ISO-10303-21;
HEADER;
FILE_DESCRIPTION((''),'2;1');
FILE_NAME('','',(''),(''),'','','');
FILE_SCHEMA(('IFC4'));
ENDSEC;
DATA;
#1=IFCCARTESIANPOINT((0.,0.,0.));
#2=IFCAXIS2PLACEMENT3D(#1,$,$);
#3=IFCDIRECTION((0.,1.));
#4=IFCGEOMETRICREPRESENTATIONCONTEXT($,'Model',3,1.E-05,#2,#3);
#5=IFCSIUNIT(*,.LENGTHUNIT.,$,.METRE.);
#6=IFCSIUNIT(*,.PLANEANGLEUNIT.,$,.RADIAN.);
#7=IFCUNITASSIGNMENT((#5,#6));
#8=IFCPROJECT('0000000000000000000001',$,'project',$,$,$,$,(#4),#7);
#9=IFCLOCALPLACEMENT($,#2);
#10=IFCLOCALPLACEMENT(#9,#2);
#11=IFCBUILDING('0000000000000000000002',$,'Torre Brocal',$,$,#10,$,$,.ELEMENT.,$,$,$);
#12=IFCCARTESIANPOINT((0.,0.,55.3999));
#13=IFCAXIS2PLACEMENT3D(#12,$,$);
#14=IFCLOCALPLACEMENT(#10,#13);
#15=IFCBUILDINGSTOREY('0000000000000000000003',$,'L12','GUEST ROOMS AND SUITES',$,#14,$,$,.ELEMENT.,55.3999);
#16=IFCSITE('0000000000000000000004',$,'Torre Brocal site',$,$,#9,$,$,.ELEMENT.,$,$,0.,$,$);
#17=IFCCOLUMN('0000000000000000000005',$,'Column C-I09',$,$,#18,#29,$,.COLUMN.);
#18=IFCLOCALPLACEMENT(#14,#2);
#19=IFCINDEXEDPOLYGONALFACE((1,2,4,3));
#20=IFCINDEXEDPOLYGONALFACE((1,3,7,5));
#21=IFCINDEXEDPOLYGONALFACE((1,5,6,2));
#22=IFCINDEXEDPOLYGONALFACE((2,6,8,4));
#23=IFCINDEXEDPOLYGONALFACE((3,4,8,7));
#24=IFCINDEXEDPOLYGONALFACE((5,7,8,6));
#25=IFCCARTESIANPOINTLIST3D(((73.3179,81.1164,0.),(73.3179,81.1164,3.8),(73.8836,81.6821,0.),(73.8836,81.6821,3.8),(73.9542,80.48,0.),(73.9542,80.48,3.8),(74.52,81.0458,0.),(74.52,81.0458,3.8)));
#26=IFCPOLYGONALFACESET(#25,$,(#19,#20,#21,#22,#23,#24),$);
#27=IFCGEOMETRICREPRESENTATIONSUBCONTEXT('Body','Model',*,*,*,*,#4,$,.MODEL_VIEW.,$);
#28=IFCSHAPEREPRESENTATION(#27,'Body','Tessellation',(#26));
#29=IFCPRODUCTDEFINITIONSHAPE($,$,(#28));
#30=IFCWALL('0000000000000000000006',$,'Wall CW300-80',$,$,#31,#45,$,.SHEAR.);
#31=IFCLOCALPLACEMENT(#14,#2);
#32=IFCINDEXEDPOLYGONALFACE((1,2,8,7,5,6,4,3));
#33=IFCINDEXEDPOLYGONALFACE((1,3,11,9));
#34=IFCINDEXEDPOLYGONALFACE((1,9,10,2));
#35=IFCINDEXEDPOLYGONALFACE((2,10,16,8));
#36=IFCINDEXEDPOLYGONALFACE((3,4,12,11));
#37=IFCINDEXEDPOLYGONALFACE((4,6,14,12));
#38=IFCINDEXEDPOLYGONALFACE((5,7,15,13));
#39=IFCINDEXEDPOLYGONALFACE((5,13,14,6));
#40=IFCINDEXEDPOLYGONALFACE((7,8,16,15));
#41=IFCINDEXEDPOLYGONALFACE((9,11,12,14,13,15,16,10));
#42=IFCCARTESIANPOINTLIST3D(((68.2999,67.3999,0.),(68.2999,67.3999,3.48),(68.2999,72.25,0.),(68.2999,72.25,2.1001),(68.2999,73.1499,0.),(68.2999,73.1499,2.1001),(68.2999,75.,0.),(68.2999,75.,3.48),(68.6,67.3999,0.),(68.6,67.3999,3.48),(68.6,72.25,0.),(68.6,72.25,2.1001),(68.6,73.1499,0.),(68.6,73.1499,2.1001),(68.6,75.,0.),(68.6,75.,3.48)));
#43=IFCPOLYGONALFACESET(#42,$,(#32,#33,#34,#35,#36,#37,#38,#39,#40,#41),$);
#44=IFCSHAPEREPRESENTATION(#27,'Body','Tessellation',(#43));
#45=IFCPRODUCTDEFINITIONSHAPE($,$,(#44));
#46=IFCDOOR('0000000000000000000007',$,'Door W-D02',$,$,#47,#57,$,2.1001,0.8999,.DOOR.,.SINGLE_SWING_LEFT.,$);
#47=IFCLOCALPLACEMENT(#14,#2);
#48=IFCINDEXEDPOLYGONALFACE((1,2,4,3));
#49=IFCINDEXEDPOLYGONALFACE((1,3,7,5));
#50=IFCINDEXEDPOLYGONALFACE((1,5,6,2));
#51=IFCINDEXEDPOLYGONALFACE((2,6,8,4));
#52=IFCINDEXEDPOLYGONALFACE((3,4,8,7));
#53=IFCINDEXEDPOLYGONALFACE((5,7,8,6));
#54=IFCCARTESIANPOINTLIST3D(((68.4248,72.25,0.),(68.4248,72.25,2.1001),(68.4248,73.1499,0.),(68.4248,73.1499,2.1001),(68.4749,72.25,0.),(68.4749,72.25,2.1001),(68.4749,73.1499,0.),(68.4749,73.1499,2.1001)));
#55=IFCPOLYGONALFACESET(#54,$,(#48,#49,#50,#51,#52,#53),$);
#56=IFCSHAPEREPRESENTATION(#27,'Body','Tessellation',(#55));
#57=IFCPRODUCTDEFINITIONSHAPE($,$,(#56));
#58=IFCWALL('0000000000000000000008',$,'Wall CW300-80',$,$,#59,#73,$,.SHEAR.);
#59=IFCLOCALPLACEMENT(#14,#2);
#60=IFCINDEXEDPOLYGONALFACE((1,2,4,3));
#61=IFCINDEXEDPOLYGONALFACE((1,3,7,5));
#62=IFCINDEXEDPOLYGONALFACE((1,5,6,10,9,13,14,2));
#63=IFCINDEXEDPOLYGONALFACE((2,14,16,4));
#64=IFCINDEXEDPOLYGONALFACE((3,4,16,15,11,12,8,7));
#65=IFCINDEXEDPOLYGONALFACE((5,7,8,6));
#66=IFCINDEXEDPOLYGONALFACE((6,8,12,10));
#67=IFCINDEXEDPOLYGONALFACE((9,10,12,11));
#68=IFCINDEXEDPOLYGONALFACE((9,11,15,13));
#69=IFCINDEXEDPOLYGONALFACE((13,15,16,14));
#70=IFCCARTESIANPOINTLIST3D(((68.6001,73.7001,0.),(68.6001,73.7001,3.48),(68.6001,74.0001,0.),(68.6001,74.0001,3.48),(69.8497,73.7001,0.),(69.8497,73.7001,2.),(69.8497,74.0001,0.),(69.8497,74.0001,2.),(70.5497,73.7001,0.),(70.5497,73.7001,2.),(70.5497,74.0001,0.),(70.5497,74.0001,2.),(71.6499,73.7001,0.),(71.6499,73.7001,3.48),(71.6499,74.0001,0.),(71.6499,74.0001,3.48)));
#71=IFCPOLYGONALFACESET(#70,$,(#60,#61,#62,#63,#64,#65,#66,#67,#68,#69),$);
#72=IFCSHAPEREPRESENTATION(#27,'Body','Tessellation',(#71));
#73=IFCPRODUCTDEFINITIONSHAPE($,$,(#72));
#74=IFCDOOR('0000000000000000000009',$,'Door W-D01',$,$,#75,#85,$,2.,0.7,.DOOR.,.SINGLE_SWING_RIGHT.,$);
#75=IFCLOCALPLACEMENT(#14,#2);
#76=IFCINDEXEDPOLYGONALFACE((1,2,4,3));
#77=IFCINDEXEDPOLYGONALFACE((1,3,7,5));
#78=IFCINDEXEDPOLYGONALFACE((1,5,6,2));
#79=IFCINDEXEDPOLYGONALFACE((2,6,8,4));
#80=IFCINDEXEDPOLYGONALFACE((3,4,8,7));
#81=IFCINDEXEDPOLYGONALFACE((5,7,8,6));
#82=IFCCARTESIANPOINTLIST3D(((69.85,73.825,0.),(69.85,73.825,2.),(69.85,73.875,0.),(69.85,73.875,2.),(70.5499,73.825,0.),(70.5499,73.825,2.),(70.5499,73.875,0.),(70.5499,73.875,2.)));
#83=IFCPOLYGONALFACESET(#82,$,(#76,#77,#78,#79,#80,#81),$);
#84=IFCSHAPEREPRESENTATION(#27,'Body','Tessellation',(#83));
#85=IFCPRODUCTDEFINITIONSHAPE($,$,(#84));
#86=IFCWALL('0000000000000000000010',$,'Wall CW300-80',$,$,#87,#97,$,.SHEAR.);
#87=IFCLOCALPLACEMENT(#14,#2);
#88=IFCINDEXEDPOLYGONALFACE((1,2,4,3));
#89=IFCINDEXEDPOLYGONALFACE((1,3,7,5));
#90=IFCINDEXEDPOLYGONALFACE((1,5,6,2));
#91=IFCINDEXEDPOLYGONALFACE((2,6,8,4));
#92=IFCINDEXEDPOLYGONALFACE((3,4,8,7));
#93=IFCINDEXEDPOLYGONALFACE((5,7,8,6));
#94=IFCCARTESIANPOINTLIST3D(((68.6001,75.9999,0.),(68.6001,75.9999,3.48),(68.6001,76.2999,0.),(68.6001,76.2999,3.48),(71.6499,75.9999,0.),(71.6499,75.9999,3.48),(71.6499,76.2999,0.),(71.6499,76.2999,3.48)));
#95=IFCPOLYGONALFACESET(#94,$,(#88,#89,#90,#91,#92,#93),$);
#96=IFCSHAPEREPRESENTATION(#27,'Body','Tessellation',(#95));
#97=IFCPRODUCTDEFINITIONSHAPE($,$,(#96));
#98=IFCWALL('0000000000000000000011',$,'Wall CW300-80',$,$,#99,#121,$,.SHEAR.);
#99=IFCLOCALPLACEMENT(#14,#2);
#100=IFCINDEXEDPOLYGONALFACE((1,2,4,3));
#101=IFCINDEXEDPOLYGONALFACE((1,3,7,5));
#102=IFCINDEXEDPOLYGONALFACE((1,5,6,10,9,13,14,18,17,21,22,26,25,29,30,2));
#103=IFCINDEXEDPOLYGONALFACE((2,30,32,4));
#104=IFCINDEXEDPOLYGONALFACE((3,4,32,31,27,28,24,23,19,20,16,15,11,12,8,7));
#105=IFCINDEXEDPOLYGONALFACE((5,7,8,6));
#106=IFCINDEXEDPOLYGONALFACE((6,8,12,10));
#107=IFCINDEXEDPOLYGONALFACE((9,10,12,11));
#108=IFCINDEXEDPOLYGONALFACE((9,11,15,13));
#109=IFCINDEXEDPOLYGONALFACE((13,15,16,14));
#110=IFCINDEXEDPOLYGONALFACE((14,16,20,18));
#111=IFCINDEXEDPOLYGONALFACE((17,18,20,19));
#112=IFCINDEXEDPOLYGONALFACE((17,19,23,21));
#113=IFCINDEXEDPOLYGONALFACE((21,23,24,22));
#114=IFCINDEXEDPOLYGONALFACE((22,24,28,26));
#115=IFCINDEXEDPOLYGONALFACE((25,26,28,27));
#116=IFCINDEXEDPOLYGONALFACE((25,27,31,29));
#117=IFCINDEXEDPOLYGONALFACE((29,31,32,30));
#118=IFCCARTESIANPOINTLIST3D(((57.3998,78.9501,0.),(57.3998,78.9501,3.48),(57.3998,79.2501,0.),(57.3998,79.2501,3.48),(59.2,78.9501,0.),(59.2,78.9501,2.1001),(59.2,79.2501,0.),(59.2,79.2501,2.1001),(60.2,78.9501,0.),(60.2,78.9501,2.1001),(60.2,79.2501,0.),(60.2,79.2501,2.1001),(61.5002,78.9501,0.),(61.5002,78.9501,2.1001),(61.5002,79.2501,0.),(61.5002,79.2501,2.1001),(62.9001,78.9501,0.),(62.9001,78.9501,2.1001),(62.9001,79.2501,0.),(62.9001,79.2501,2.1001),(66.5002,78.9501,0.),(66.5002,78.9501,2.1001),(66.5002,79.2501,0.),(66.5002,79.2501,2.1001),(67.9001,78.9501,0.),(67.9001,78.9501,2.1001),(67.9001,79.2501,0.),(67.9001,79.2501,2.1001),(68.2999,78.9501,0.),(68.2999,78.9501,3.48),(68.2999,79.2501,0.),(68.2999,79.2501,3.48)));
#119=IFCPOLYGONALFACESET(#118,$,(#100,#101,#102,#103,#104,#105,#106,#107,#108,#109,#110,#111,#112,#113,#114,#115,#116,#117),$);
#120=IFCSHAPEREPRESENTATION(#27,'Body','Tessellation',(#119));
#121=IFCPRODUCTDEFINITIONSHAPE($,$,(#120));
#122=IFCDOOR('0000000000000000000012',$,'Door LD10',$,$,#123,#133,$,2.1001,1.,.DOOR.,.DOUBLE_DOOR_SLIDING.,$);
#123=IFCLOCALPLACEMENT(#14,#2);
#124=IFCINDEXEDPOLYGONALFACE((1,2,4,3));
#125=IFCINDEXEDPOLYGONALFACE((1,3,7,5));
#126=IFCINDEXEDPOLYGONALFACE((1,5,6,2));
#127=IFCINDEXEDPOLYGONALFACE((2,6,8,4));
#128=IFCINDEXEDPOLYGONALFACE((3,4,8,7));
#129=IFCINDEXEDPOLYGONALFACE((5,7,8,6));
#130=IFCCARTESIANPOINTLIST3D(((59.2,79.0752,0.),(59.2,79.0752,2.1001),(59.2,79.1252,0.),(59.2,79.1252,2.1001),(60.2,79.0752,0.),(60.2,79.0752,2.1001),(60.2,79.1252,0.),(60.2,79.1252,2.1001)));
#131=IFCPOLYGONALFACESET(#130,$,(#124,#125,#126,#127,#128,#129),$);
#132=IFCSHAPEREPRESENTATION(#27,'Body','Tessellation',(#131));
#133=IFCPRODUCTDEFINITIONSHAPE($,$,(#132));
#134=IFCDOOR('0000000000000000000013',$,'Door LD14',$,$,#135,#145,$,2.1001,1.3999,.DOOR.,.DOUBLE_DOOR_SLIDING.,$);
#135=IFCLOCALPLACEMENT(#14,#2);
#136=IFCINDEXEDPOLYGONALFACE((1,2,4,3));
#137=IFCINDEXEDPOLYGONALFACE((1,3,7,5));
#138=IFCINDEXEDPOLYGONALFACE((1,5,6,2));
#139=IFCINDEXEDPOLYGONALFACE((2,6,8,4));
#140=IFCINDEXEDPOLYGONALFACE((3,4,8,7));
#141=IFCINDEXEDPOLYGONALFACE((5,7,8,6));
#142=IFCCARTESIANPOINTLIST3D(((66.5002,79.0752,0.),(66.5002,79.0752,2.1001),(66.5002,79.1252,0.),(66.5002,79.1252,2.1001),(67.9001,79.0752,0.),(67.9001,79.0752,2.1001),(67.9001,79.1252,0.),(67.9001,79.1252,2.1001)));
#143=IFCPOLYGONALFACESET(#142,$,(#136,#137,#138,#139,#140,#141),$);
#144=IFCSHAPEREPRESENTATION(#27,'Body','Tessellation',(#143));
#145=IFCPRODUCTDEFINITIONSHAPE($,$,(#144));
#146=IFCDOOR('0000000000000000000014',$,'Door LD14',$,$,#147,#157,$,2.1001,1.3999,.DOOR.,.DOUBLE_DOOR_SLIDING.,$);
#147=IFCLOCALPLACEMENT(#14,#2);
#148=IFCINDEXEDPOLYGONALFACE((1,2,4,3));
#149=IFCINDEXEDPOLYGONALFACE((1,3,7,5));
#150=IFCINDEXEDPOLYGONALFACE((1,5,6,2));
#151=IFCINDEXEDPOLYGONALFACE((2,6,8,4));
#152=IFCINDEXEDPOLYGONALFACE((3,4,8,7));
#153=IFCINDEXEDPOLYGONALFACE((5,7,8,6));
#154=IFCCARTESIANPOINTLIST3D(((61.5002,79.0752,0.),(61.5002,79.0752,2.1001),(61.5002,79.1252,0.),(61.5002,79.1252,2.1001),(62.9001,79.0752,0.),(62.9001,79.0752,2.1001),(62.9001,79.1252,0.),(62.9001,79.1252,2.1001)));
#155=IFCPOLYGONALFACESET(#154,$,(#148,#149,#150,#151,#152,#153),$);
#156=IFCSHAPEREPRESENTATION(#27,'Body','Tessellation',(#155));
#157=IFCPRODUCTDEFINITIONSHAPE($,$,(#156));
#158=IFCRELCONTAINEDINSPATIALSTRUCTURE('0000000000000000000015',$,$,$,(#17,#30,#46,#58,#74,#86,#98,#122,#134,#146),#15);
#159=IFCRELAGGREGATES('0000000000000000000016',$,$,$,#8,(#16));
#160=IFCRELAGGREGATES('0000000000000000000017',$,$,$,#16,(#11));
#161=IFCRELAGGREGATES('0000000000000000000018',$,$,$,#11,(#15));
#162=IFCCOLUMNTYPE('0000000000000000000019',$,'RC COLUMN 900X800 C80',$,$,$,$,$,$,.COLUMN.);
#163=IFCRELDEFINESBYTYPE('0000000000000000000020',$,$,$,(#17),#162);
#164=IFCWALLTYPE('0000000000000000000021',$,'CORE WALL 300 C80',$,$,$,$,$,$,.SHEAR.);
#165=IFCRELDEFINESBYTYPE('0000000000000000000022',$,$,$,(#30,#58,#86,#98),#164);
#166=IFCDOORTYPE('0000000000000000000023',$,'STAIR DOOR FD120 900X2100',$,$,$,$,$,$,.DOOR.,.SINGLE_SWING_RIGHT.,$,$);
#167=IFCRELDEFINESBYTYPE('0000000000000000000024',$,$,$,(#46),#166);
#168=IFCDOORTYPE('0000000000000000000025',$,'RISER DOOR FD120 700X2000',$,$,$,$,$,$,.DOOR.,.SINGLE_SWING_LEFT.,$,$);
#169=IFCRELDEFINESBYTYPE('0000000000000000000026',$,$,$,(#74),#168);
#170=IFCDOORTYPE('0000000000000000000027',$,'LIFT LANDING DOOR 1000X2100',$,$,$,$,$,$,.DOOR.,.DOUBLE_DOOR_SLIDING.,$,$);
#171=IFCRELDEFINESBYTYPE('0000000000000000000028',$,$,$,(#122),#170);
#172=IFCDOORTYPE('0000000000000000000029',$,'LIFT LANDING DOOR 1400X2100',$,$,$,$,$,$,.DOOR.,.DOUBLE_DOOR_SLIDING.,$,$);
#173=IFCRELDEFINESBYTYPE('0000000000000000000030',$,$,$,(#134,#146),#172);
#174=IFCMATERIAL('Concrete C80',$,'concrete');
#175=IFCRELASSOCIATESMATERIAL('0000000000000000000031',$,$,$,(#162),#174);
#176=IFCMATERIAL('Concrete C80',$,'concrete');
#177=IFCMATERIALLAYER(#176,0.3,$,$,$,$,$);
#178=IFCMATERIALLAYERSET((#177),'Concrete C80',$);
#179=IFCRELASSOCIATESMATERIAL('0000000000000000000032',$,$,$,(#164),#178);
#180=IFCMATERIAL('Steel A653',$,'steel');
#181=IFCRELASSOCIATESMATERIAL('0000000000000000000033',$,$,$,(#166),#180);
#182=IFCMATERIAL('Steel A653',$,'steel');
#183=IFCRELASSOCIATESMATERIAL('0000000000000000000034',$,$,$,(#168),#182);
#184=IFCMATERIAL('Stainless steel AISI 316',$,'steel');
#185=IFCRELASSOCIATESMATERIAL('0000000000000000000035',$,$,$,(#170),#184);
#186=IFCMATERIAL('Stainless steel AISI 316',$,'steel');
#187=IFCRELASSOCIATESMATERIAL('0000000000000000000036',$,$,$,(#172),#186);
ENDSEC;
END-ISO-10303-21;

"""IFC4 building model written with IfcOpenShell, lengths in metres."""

from ifc_helpers import new_model, si_unit, direction, frame, frame_2d, origin, origin_2d, place, context, subcontext, project, spatial, rectangle, extrude, material, layer, layer_set, material_profile, profile_set, type_object, element, fill, save


model = new_model("IFC4")

# Units and contexts
model_context = context("Model", 3, precision=1e-05, world=origin(), true_north=direction((0.0, 1.0)))
body_context = subcontext(model_context, "Body", "Model", "MODEL_VIEW")
ifc_project = project(units=[si_unit("LENGTHUNIT", "METRE"), si_unit("PLANEANGLEUNIT", "RADIAN")], contexts=[model_context])

# Site, building, storey
site_placement = place(None, origin())
site = spatial("IfcSite", under=ifc_project, at=site_placement, Name="Torre Brocal site", CompositionType="ELEMENT", RefElevation=0.0)
building_placement = place(site_placement, origin())
building = spatial("IfcBuilding", under=site, at=building_placement, Name="Torre Brocal", CompositionType="ELEMENT")
storey_placement = place(building_placement, frame((0.0, 0.0, 55.3999)))
storey = spatial("IfcBuildingStorey", under=building, at=storey_placement, Name="L12", Description="GUEST ROOMS AND SUITES", CompositionType="ELEMENT", Elevation=55.3999)

# Column
ifc_material_1 = material(Name="Concrete C80", Category="concrete")
ifc_material_profile = material_profile(ifc_material_1, rectangle(XDim=0.8999, YDim=0.8, at=origin_2d()), Name="RC 900X800")
ifc_profile_set = profile_set([ifc_material_profile], Name="Concrete C80")
column_type = type_object("IfcColumnType", Name="RC COLUMN 900X800 C80", PredefinedType="COLUMN", material=ifc_profile_set)
column_placement = place(storey_placement, frame((73.9189, 81.0811, 0.0), z_axis=(0.0, 0.0, 1.0), x_axis=(-0.707107, 0.707107, 0.0)))
element("IfcColumn", 1, at=column_placement, inside=storey, type_object=column_type, Name="Column C-I09", PredefinedType="COLUMN", context=body_context, shape_type="SweptSolid", body=[
    extrude(rectangle(XDim=0.8999, YDim=0.8, at=origin_2d()), origin(), (0.0, 0.0, 1.0), 3.8),
])

# Walls, openings, doors
ifc_material_2 = material(Name="Concrete C80", Category="concrete")
ifc_layer_1 = layer(ifc_material_2, 0.3)
ifc_layer_set_1 = layer_set([ifc_layer_1], Name="Concrete C80")
wall_type_1 = type_object("IfcWallType", Name="CORE WALL 300 C80", PredefinedType="SHEAR", material=ifc_layer_set_1)
wall_1_placement = place(storey_placement, frame((68.45, 75.0, 0.0), z_axis=(0.0, 0.0, 1.0), x_axis=(0.0, -1.0, 0.0)))
wall_1 = element("IfcWall", 2, at=wall_1_placement, inside=storey, type_object=wall_type_1, Name="Wall CW300-80", PredefinedType="SHEAR", context=body_context, shape_type="SweptSolid", body=[
    extrude(rectangle(XDim=7.6001, YDim=0.3, at=frame_2d((3.8, 0.0))), origin(), (0.0, 0.0, 1.0), 3.48),
])
opening_1_placement = place(wall_1_placement, frame((1.8501, 0.0, 0.0)))
opening_1 = element("IfcOpeningElement", 3, at=opening_1_placement, cuts=wall_1, PredefinedType="OPENING", context=body_context, shape_type="SweptSolid", body=[
    extrude(rectangle(XDim=0.8999, YDim=2.1001, at=frame_2d((0.45, 1.05))), frame((0.0, 0.1599, 0.0), z_axis=(0.0, -1.0, 0.0), x_axis=(1.0, 0.0, 0.0)), (0.0, 0.0, 1.0), 0.3201),
])
ifc_material_3 = material(Name="Steel A653", Category="steel")
door_type_1 = type_object("IfcDoorType", Name="STAIR DOOR FD120 900X2100", OperationType="SINGLE_SWING_RIGHT", PredefinedType="DOOR", material=ifc_material_3)
door_1_placement = place(opening_1_placement, origin())
door_1 = element("IfcDoor", 4, at=door_1_placement, inside=storey, type_object=door_type_1, Name="Door W-D02", OperationType="SINGLE_SWING_LEFT", OverallHeight=2.1001, OverallWidth=0.8999, PredefinedType="DOOR", context=body_context, shape_type="SweptSolid", body=[
    extrude(rectangle(XDim=0.8999, YDim=2.1001, at=frame_2d((0.45, 1.05))), frame((0.0, 0.0249, 0.0), z_axis=(0.0, -1.0, 0.0), x_axis=(1.0, 0.0, 0.0)), (0.0, 0.0, 1.0), 0.05),
])
fill(opening_1, door_1)
wall_2_placement = place(storey_placement, frame((71.6499, 73.8501, 0.0), z_axis=(0.0, 0.0, 1.0), x_axis=(-1.0, 0.0, 0.0)))
wall_2 = element("IfcWall", 5, at=wall_2_placement, inside=storey, type_object=wall_type_1, Name="Wall CW300-80", PredefinedType="SHEAR", context=body_context, shape_type="SweptSolid", body=[
    extrude(rectangle(XDim=3.0498, YDim=0.3, at=frame_2d((1.5249, 0.0))), origin(), (0.0, 0.0, 1.0), 3.48),
])
opening_2_placement = place(wall_2_placement, frame((1.1001, 0.0, 0.0)))
opening_2 = element("IfcOpeningElement", 6, at=opening_2_placement, cuts=wall_2, PredefinedType="OPENING", context=body_context, shape_type="SweptSolid", body=[
    extrude(rectangle(XDim=0.7, YDim=2.0, at=frame_2d((0.3501, 1.0))), frame((0.0, 0.1599, 0.0), z_axis=(0.0, -1.0, 0.0), x_axis=(1.0, 0.0, 0.0)), (0.0, 0.0, 1.0), 0.3201),
])
ifc_material_4 = material(Name="Steel A653", Category="steel")
door_type_2 = type_object("IfcDoorType", Name="RISER DOOR FD120 700X2000", OperationType="SINGLE_SWING_LEFT", PredefinedType="DOOR", material=ifc_material_4)
door_2_placement = place(opening_2_placement, frame((0.7, 0.0, 0.0), z_axis=(0.0, 0.0, 1.0), x_axis=(-1.0, 0.0, 0.0)))
door_2 = element("IfcDoor", 7, at=door_2_placement, inside=storey, type_object=door_type_2, Name="Door W-D01", OperationType="SINGLE_SWING_RIGHT", OverallHeight=2.0, OverallWidth=0.7, PredefinedType="DOOR", context=body_context, shape_type="SweptSolid", body=[
    extrude(rectangle(XDim=0.7, YDim=2.0, at=frame_2d((0.3501, 1.0))), frame((0.0, 0.0249, 0.0), z_axis=(0.0, -1.0, 0.0), x_axis=(1.0, 0.0, 0.0)), (0.0, 0.0, 1.0), 0.05),
])
fill(opening_2, door_2)

# Wall
wall_3_placement = place(storey_placement, frame((71.6499, 76.1499, 0.0), z_axis=(0.0, 0.0, 1.0), x_axis=(-1.0, 0.0, 0.0)))
element("IfcWall", 8, at=wall_3_placement, inside=storey, type_object=wall_type_1, Name="Wall CW300-80", PredefinedType="SHEAR", context=body_context, shape_type="SweptSolid", body=[
    extrude(rectangle(XDim=3.0498, YDim=0.3, at=frame_2d((1.5249, 0.0))), origin(), (0.0, 0.0, 1.0), 3.48),
])

# Wall, openings, doors
wall_4_placement = place(storey_placement, frame((68.3, 79.1001, 0.0), z_axis=(0.0, 0.0, 1.0), x_axis=(-1.0, 0.0, 0.0)))
wall_4 = element("IfcWall", 9, at=wall_4_placement, inside=storey, type_object=wall_type_1, Name="Wall CW300-80", PredefinedType="SHEAR", context=body_context, shape_type="SweptSolid", body=[
    extrude(rectangle(XDim=10.9001, YDim=0.3, at=frame_2d((5.4502, 0.0))), origin(), (0.0, 0.0, 1.0), 3.48),
])
opening_3_placement = place(wall_4_placement, frame((0.3999, 0.0, 0.0)))
opening_3 = element("IfcOpeningElement", 10, at=opening_3_placement, cuts=wall_4, PredefinedType="OPENING", context=body_context, shape_type="SweptSolid", body=[
    extrude(rectangle(XDim=1.3999, YDim=2.1001, at=frame_2d((0.7, 1.05))), frame((0.0, 0.1599, 0.0), z_axis=(0.0, -1.0, 0.0), x_axis=(1.0, 0.0, 0.0)), (0.0, 0.0, 1.0), 0.3201),
])
opening_4_placement = place(wall_4_placement, frame((5.3999, 0.0, 0.0)))
opening_4 = element("IfcOpeningElement", 11, at=opening_4_placement, cuts=wall_4, PredefinedType="OPENING", context=body_context, shape_type="SweptSolid", body=[
    extrude(rectangle(XDim=1.3999, YDim=2.1001, at=frame_2d((0.7, 1.05))), frame((0.0, 0.1599, 0.0), z_axis=(0.0, -1.0, 0.0), x_axis=(1.0, 0.0, 0.0)), (0.0, 0.0, 1.0), 0.3201),
])
opening_5_placement = place(wall_4_placement, frame((8.1001, 0.0, 0.0)))
opening_5 = element("IfcOpeningElement", 12, at=opening_5_placement, cuts=wall_4, PredefinedType="OPENING", context=body_context, shape_type="SweptSolid", body=[
    extrude(rectangle(XDim=1.0, YDim=2.1001, at=frame_2d((0.5, 1.05))), frame((0.0, 0.1599, 0.0), z_axis=(0.0, -1.0, 0.0), x_axis=(1.0, 0.0, 0.0)), (0.0, 0.0, 1.0), 0.3201),
])
ifc_material_5 = material(Name="Stainless steel AISI 316", Category="steel")
door_type_3 = type_object("IfcDoorType", Name="LIFT LANDING DOOR 1000X2100", OperationType="DOUBLE_DOOR_SLIDING", PredefinedType="DOOR", material=ifc_material_5)
door_3_placement = place(opening_5_placement, origin())
door_3 = element("IfcDoor", 13, at=door_3_placement, inside=storey, type_object=door_type_3, Name="Door LD10", OperationType="DOUBLE_DOOR_SLIDING", OverallHeight=2.1001, OverallWidth=1.0, PredefinedType="DOOR", context=body_context, shape_type="SweptSolid", body=[
    extrude(rectangle(XDim=1.0, YDim=2.1001, at=frame_2d((0.5, 1.05))), frame((0.0, 0.0249, 0.0), z_axis=(0.0, -1.0, 0.0), x_axis=(1.0, 0.0, 0.0)), (0.0, 0.0, 1.0), 0.05),
])
fill(opening_5, door_3)
ifc_material_6 = material(Name="Stainless steel AISI 316", Category="steel")
door_type_4 = type_object("IfcDoorType", Name="LIFT LANDING DOOR 1400X2100", OperationType="DOUBLE_DOOR_SLIDING", PredefinedType="DOOR", material=ifc_material_6)
door_4_placement = place(opening_3_placement, origin())
door_4 = element("IfcDoor", 14, at=door_4_placement, inside=storey, type_object=door_type_4, Name="Door LD14", OperationType="DOUBLE_DOOR_SLIDING", OverallHeight=2.1001, OverallWidth=1.3999, PredefinedType="DOOR", context=body_context, shape_type="SweptSolid", body=[
    extrude(rectangle(XDim=1.3999, YDim=2.1001, at=frame_2d((0.7, 1.05))), frame((0.0, 0.0249, 0.0), z_axis=(0.0, -1.0, 0.0), x_axis=(1.0, 0.0, 0.0)), (0.0, 0.0, 1.0), 0.05),
])
fill(opening_3, door_4)
door_5_placement = place(opening_4_placement, origin())
door_5 = element("IfcDoor", 15, at=door_5_placement, inside=storey, type_object=door_type_4, Name="Door LD14", OperationType="DOUBLE_DOOR_SLIDING", OverallHeight=2.1001, OverallWidth=1.3999, PredefinedType="DOOR", context=body_context, shape_type="SweptSolid", body=[
    extrude(rectangle(XDim=1.3999, YDim=2.1001, at=frame_2d((0.7, 1.05))), frame((0.0, 0.0249, 0.0), z_axis=(0.0, -1.0, 0.0), x_axis=(1.0, 0.0, 0.0)), (0.0, 0.0, 1.0), 0.05),
])
fill(opening_4, door_5)

save(model, "model.ifc")
